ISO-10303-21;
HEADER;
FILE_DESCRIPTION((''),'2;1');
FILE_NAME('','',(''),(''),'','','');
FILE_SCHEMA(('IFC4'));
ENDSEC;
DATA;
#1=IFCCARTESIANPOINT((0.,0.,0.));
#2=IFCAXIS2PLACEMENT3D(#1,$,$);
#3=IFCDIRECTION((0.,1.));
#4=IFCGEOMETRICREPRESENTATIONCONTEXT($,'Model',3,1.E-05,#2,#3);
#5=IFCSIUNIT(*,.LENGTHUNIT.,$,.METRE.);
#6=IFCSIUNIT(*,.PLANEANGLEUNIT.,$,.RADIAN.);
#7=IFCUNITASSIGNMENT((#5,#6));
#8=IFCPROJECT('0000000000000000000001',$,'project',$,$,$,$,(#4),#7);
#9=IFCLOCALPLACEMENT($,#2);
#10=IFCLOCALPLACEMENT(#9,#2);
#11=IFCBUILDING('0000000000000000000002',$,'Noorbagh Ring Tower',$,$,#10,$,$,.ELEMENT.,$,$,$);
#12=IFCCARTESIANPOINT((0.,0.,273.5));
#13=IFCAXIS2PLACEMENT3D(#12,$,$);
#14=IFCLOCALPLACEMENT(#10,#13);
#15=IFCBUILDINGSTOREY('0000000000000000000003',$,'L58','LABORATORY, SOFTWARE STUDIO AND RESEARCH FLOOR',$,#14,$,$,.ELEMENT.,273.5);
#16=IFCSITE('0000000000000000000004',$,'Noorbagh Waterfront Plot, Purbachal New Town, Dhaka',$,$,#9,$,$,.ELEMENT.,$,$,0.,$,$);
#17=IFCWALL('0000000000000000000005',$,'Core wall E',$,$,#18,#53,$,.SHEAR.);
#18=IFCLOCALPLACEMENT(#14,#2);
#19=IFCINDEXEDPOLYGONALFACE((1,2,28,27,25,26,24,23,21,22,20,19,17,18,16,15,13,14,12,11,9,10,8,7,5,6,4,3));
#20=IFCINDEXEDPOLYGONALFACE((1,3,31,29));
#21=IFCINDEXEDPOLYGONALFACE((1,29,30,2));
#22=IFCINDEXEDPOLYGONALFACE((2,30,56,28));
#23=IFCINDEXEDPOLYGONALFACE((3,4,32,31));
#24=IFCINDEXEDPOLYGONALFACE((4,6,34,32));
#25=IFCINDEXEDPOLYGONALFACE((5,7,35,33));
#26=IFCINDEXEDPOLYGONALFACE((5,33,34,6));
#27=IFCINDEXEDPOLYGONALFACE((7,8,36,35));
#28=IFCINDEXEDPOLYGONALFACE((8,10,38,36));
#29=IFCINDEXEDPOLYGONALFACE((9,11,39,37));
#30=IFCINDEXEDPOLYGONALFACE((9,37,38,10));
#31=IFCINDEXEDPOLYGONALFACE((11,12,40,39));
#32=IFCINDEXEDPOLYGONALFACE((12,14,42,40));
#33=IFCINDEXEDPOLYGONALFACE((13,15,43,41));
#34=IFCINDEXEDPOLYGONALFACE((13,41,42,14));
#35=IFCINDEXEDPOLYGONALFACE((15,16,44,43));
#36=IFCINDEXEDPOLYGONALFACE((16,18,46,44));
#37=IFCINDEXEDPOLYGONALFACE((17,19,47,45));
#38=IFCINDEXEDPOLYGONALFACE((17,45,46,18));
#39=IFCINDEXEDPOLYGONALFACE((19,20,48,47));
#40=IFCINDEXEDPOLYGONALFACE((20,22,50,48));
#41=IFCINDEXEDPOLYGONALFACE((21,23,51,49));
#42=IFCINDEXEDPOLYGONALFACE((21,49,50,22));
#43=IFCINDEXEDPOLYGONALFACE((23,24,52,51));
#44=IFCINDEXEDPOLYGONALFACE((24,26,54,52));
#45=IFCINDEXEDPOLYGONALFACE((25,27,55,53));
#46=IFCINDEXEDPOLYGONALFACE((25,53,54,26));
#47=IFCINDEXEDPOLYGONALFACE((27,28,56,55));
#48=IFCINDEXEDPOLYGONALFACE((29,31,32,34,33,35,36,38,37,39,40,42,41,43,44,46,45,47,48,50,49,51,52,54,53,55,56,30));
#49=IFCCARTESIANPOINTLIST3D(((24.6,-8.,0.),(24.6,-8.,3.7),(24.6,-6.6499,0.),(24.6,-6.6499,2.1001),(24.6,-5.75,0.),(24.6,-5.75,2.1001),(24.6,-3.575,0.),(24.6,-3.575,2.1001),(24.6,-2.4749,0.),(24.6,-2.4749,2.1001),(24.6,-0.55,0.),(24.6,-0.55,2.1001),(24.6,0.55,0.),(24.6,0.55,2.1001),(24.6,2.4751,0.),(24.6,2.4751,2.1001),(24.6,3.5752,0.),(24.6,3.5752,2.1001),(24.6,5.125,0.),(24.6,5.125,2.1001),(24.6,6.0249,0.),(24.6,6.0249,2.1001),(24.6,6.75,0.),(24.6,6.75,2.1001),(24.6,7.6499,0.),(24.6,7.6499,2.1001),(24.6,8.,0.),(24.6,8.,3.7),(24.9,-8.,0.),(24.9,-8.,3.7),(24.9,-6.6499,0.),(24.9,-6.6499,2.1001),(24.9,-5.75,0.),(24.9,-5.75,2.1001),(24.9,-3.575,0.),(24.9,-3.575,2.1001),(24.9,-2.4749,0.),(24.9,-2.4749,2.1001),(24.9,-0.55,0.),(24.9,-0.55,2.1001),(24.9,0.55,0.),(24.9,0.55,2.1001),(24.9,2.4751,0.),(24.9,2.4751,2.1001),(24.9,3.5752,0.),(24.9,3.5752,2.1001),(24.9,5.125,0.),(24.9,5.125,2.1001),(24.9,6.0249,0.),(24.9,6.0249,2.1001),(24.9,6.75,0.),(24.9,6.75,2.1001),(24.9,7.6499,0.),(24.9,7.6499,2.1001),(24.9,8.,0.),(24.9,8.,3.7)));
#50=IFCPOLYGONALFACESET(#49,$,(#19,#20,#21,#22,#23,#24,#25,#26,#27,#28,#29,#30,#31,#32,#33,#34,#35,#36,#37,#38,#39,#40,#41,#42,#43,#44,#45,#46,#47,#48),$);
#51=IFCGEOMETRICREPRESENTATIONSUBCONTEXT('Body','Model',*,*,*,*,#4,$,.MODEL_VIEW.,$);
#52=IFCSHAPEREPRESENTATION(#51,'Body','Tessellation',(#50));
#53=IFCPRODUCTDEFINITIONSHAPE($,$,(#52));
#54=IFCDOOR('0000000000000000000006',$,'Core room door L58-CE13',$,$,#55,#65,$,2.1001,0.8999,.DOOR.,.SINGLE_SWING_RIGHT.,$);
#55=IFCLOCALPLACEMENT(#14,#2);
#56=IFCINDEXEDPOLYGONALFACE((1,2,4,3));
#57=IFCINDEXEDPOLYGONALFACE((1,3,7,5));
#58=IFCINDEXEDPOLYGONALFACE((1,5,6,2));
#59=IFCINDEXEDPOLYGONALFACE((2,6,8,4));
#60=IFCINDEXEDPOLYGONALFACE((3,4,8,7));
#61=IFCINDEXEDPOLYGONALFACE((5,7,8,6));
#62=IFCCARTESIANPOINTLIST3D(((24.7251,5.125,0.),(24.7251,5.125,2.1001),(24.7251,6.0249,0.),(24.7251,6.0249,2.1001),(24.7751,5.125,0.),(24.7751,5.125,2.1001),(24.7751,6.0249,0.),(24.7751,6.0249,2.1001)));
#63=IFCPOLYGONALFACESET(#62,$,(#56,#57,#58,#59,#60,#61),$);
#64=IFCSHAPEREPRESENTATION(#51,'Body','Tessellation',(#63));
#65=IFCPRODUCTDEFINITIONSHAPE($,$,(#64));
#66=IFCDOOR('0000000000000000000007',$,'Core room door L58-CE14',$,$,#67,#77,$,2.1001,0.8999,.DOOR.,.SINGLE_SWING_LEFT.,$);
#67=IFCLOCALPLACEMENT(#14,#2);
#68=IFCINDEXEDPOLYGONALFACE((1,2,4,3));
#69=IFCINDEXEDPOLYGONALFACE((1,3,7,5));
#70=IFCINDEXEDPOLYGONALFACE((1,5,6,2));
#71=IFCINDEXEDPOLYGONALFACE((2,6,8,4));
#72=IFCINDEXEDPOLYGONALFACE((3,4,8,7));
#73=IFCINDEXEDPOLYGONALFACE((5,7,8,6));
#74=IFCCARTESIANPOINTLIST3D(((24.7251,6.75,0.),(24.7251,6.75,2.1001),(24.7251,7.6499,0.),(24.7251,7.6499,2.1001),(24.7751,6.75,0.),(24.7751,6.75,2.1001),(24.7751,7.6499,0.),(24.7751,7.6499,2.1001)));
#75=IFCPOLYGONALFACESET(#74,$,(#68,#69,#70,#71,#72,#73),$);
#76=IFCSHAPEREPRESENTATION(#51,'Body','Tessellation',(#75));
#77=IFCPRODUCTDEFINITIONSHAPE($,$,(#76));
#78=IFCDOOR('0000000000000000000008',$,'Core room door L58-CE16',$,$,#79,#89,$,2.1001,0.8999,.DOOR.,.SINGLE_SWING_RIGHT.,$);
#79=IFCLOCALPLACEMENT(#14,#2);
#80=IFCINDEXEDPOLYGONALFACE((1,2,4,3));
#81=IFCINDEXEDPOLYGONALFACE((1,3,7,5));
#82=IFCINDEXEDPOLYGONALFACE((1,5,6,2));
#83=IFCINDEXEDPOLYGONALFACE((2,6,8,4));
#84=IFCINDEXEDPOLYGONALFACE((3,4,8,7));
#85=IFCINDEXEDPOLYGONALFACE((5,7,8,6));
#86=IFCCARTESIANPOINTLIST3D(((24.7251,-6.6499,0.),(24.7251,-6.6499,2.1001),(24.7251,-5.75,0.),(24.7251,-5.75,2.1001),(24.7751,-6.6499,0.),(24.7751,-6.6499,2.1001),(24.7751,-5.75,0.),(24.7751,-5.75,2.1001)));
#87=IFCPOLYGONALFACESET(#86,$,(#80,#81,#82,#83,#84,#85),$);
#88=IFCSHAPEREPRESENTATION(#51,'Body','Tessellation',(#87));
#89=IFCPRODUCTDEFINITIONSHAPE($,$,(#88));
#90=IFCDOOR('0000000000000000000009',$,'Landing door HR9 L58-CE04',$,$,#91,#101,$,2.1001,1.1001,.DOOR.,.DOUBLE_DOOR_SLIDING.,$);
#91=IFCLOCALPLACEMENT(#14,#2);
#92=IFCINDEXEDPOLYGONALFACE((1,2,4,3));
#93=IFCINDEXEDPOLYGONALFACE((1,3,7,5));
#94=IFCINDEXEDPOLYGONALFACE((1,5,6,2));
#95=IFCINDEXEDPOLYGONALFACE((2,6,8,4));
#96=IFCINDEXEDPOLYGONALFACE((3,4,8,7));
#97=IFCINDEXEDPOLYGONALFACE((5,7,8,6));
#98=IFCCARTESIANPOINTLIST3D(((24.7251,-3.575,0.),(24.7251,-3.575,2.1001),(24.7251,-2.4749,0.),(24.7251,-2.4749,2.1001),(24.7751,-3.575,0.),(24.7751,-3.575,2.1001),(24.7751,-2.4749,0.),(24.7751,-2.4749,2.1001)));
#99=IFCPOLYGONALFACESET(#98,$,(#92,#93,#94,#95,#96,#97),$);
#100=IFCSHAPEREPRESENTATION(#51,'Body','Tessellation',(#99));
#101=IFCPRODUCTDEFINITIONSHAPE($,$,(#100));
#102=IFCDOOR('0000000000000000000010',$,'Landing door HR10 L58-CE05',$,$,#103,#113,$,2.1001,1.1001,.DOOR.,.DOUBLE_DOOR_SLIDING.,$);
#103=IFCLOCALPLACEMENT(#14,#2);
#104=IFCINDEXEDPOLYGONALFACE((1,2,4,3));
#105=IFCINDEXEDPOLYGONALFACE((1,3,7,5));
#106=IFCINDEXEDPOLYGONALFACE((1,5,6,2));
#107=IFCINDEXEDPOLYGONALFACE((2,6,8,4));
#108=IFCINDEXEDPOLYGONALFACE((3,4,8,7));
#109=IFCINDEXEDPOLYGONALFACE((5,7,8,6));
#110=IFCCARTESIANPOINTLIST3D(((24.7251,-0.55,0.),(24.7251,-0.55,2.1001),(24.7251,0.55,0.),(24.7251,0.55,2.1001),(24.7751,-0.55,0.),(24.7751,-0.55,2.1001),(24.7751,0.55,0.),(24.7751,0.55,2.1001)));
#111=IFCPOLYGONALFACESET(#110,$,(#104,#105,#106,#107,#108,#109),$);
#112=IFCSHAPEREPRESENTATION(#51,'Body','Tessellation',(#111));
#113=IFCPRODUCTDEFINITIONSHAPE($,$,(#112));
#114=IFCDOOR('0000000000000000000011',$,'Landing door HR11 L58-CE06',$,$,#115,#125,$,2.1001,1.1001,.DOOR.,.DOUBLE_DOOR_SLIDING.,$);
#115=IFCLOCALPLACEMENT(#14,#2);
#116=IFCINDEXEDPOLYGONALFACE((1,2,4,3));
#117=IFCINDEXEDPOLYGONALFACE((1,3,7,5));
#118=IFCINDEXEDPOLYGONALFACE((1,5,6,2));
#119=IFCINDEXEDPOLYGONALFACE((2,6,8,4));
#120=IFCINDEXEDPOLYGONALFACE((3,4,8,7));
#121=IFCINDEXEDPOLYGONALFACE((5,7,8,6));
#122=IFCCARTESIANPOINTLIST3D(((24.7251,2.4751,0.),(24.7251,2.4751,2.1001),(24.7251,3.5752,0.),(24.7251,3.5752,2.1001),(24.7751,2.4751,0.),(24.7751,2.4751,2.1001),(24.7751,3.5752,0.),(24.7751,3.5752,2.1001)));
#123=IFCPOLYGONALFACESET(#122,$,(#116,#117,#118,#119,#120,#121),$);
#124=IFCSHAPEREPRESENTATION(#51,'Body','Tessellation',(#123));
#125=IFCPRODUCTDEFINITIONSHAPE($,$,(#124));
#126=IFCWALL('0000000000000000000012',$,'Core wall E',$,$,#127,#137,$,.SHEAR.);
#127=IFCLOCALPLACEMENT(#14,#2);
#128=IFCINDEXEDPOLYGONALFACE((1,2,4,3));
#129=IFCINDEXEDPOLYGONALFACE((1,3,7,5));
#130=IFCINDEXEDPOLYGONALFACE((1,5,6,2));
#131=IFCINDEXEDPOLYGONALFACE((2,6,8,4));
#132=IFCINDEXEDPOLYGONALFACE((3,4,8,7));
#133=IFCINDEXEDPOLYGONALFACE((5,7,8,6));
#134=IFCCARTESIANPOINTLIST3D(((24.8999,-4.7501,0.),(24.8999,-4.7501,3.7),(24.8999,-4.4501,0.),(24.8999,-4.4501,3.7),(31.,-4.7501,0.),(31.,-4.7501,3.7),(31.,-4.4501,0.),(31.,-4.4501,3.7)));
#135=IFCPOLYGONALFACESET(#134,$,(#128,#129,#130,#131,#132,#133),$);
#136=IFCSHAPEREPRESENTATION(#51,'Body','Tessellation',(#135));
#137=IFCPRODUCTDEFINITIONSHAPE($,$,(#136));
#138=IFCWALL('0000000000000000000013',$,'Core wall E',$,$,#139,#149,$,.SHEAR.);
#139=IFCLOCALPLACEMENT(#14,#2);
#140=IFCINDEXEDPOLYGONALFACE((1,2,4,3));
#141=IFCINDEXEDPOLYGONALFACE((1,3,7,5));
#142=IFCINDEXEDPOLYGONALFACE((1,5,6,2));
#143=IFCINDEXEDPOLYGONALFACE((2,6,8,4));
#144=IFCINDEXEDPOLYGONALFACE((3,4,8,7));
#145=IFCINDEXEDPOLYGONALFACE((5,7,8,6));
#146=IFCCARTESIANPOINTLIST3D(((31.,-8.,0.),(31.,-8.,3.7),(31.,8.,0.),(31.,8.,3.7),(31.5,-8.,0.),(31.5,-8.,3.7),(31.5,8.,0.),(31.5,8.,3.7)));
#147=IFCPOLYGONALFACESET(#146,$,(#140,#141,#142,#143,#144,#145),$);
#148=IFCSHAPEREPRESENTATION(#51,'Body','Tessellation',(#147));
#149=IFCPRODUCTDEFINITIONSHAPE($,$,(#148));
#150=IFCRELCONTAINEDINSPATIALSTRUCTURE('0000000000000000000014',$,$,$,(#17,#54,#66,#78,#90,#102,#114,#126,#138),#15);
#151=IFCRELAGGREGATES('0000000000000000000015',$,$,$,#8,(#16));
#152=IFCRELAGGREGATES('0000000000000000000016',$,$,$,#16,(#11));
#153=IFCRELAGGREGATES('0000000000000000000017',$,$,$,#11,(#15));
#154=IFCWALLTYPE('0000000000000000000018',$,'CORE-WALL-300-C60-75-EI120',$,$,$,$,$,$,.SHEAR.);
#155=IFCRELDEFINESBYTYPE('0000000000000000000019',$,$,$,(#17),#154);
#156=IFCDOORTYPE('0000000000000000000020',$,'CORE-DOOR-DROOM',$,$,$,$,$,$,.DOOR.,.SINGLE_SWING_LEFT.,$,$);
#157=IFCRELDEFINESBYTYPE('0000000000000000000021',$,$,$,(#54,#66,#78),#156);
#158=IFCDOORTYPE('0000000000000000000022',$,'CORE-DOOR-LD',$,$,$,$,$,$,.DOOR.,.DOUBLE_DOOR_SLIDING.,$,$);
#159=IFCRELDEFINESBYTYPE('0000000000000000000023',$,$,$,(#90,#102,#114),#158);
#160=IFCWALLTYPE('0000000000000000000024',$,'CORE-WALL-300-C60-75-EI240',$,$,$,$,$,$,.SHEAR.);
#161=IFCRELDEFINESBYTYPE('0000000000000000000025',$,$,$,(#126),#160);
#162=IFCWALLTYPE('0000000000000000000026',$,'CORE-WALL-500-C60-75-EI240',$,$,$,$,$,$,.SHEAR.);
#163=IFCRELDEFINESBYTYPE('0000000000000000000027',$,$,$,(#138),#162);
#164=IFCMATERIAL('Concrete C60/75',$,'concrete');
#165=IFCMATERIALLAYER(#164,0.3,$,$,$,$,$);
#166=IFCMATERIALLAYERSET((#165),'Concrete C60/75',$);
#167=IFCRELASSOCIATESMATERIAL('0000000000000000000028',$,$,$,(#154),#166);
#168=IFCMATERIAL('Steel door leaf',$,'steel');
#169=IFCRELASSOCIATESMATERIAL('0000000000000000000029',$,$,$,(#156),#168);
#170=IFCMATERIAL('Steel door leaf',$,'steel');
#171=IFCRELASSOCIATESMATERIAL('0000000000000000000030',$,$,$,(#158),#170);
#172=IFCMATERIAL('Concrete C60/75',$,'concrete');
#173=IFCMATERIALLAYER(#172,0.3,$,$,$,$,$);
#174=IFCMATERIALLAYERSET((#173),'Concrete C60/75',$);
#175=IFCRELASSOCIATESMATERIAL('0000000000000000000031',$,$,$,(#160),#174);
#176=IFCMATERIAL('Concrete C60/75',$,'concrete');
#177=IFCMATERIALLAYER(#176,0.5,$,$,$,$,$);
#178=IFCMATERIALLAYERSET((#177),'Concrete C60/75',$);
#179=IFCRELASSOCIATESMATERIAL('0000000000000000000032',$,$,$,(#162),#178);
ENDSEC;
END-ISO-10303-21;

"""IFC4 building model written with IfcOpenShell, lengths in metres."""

from ifc_helpers import new_model, si_unit, direction, frame, frame_2d, origin, place, context, subcontext, project, spatial, rectangle, extrude, material, layer, layer_set, type_object, element, fill, save


model = new_model("IFC4")

# Units and contexts
model_context = context("Model", 3, precision=1e-05, world=origin(), true_north=direction((0.0, 1.0)))
body_context = subcontext(model_context, "Body", "Model", "MODEL_VIEW")
ifc_project = project(units=[si_unit("LENGTHUNIT", "METRE"), si_unit("PLANEANGLEUNIT", "RADIAN")], contexts=[model_context])

# Site, building, storey
site_placement = place(None, origin())
site = spatial("IfcSite", under=ifc_project, at=site_placement, Name="Noorbagh Waterfront Plot, Purbachal New Town, Dhaka", CompositionType="ELEMENT", RefElevation=0.0)
building_placement = place(site_placement, origin())
building = spatial("IfcBuilding", under=site, at=building_placement, Name="Noorbagh Ring Tower", CompositionType="ELEMENT")
storey_placement = place(building_placement, frame((0.0, 0.0, 273.5)))
storey = spatial("IfcBuildingStorey", under=building, at=storey_placement, Name="L58", Description="LABORATORY, SOFTWARE STUDIO AND RESEARCH FLOOR", CompositionType="ELEMENT", Elevation=273.5)

# Shared definitions
ifc_material_1 = material(Name="Concrete C60/75", Category="concrete")
ifc_layer_1 = layer(ifc_material_1, 0.3)
ifc_layer_set_1 = layer_set([ifc_layer_1], Name="Concrete C60/75")
wall_type_1 = type_object("IfcWallType", Name="CORE-WALL-300-C60-75-EI120", PredefinedType="SHEAR", material=ifc_layer_set_1)

# Wall, openings, doors
wall_1_placement = place(storey_placement, frame((24.75, -8.0, 0.0), z_axis=(0.0, 0.0, 1.0), x_axis=(0.0, 1.0, 0.0)))
wall_1 = element("IfcWall", 1, at=wall_1_placement, inside=storey, type_object=wall_type_1, Name="Core wall E", PredefinedType="SHEAR", context=body_context, shape_type="SweptSolid", body=[
    extrude(rectangle(XDim=16.0, YDim=0.3, at=frame_2d((8.0, 0.0))), origin(), (0.0, 0.0, 1.0), 3.7),
])
opening_1_placement = place(wall_1_placement, frame((4.425, 0.0, 0.0)))
opening_1 = element("IfcOpeningElement", 2, at=opening_1_placement, cuts=wall_1, PredefinedType="OPENING", context=body_context, shape_type="SweptSolid", body=[
    extrude(rectangle(XDim=1.1001, YDim=2.1001, at=frame_2d((0.55, 1.05))), frame((0.0, 0.1602, 0.0), z_axis=(0.0, -1.0, 0.0), x_axis=(1.0, 0.0, 0.0)), (0.0, 0.0, 1.0), 0.3201),
])
opening_2_placement = place(wall_1_placement, frame((7.45, 0.0, 0.0)))
opening_2 = element("IfcOpeningElement", 3, at=opening_2_placement, cuts=wall_1, PredefinedType="OPENING", context=body_context, shape_type="SweptSolid", body=[
    extrude(rectangle(XDim=1.1001, YDim=2.1001, at=frame_2d((0.55, 1.05))), frame((0.0, 0.1602, 0.0), z_axis=(0.0, -1.0, 0.0), x_axis=(1.0, 0.0, 0.0)), (0.0, 0.0, 1.0), 0.3201),
])
opening_3_placement = place(wall_1_placement, frame((10.4751, 0.0, 0.0)))
opening_3 = element("IfcOpeningElement", 4, at=opening_3_placement, cuts=wall_1, PredefinedType="OPENING", context=body_context, shape_type="SweptSolid", body=[
    extrude(rectangle(XDim=1.1001, YDim=2.1001, at=frame_2d((0.55, 1.05))), frame((0.0, 0.1602, 0.0), z_axis=(0.0, -1.0, 0.0), x_axis=(1.0, 0.0, 0.0)), (0.0, 0.0, 1.0), 0.3201),
])
opening_4_placement = place(wall_1_placement, frame((13.125, 0.0, 0.0)))
opening_4 = element("IfcOpeningElement", 5, at=opening_4_placement, cuts=wall_1, PredefinedType="OPENING", context=body_context, shape_type="SweptSolid", body=[
    extrude(rectangle(XDim=0.8999, YDim=2.1001, at=frame_2d((0.45, 1.05))), frame((0.0, 0.1602, 0.0), z_axis=(0.0, -1.0, 0.0), x_axis=(1.0, 0.0, 0.0)), (0.0, 0.0, 1.0), 0.3201),
])
opening_5_placement = place(wall_1_placement, frame((14.75, 0.0, 0.0)))
opening_5 = element("IfcOpeningElement", 6, at=opening_5_placement, cuts=wall_1, PredefinedType="OPENING", context=body_context, shape_type="SweptSolid", body=[
    extrude(rectangle(XDim=0.8999, YDim=2.1001, at=frame_2d((0.45, 1.05))), frame((0.0, 0.1602, 0.0), z_axis=(0.0, -1.0, 0.0), x_axis=(1.0, 0.0, 0.0)), (0.0, 0.0, 1.0), 0.3201),
])
opening_6_placement = place(wall_1_placement, frame((1.3501, 0.0, 0.0)))
opening_6 = element("IfcOpeningElement", 7, at=opening_6_placement, cuts=wall_1, PredefinedType="OPENING", context=body_context, shape_type="SweptSolid", body=[
    extrude(rectangle(XDim=0.8999, YDim=2.1001, at=frame_2d((0.45, 1.05))), frame((0.0, 0.1602, 0.0), z_axis=(0.0, -1.0, 0.0), x_axis=(1.0, 0.0, 0.0)), (0.0, 0.0, 1.0), 0.3201),
])
ifc_material_2 = material(Name="Steel door leaf", Category="steel")
door_type_1 = type_object("IfcDoorType", Name="CORE-DOOR-DROOM", OperationType="SINGLE_SWING_LEFT", PredefinedType="DOOR", material=ifc_material_2)
door_1_placement = place(opening_4_placement, origin())
door_1 = element("IfcDoor", 8, at=door_1_placement, inside=storey, type_object=door_type_1, Name="Core room door L58-CE13", OperationType="SINGLE_SWING_RIGHT", OverallHeight=2.1001, OverallWidth=0.8999, PredefinedType="DOOR", context=body_context, shape_type="SweptSolid", body=[
    extrude(rectangle(XDim=0.8999, YDim=2.1001, at=frame_2d((0.45, 1.05))), frame((0.0, 0.0249, 0.0), z_axis=(0.0, -1.0, 0.0), x_axis=(1.0, 0.0, 0.0)), (0.0, 0.0, 1.0), 0.05),
])
fill(opening_4, door_1)
door_2_placement = place(opening_5_placement, origin())
door_2 = element("IfcDoor", 9, at=door_2_placement, inside=storey, type_object=door_type_1, Name="Core room door L58-CE14", OperationType="SINGLE_SWING_LEFT", OverallHeight=2.1001, OverallWidth=0.8999, PredefinedType="DOOR", context=body_context, shape_type="SweptSolid", body=[
    extrude(rectangle(XDim=0.8999, YDim=2.1001, at=frame_2d((0.45, 1.05))), frame((0.0, 0.0249, 0.0), z_axis=(0.0, -1.0, 0.0), x_axis=(1.0, 0.0, 0.0)), (0.0, 0.0, 1.0), 0.05),
])
fill(opening_5, door_2)
door_3_placement = place(opening_6_placement, origin())
door_3 = element("IfcDoor", 10, at=door_3_placement, inside=storey, type_object=door_type_1, Name="Core room door L58-CE16", OperationType="SINGLE_SWING_RIGHT", OverallHeight=2.1001, OverallWidth=0.8999, PredefinedType="DOOR", context=body_context, shape_type="SweptSolid", body=[
    extrude(rectangle(XDim=0.8999, YDim=2.1001, at=frame_2d((0.45, 1.05))), frame((0.0, 0.0249, 0.0), z_axis=(0.0, -1.0, 0.0), x_axis=(1.0, 0.0, 0.0)), (0.0, 0.0, 1.0), 0.05),
])
fill(opening_6, door_3)
ifc_material_3 = material(Name="Steel door leaf", Category="steel")
door_type_2 = type_object("IfcDoorType", Name="CORE-DOOR-LD", OperationType="DOUBLE_DOOR_SLIDING", PredefinedType="DOOR", material=ifc_material_3)
door_4_placement = place(opening_1_placement, origin())
door_4 = element("IfcDoor", 11, at=door_4_placement, inside=storey, type_object=door_type_2, Name="Landing door HR9 L58-CE04", OperationType="DOUBLE_DOOR_SLIDING", OverallHeight=2.1001, OverallWidth=1.1001, PredefinedType="DOOR", context=body_context, shape_type="SweptSolid", body=[
    extrude(rectangle(XDim=1.1001, YDim=2.1001, at=frame_2d((0.55, 1.05))), frame((0.0, 0.0249, 0.0), z_axis=(0.0, -1.0, 0.0), x_axis=(1.0, 0.0, 0.0)), (0.0, 0.0, 1.0), 0.05),
])
fill(opening_1, door_4)
door_5_placement = place(opening_2_placement, origin())
door_5 = element("IfcDoor", 12, at=door_5_placement, inside=storey, type_object=door_type_2, Name="Landing door HR10 L58-CE05", OperationType="DOUBLE_DOOR_SLIDING", OverallHeight=2.1001, OverallWidth=1.1001, PredefinedType="DOOR", context=body_context, shape_type="SweptSolid", body=[
    extrude(rectangle(XDim=1.1001, YDim=2.1001, at=frame_2d((0.55, 1.05))), frame((0.0, 0.0249, 0.0), z_axis=(0.0, -1.0, 0.0), x_axis=(1.0, 0.0, 0.0)), (0.0, 0.0, 1.0), 0.05),
])
fill(opening_2, door_5)
door_6_placement = place(opening_3_placement, origin())
door_6 = element("IfcDoor", 13, at=door_6_placement, inside=storey, type_object=door_type_2, Name="Landing door HR11 L58-CE06", OperationType="DOUBLE_DOOR_SLIDING", OverallHeight=2.1001, OverallWidth=1.1001, PredefinedType="DOOR", context=body_context, shape_type="SweptSolid", body=[
    extrude(rectangle(XDim=1.1001, YDim=2.1001, at=frame_2d((0.55, 1.05))), frame((0.0, 0.0249, 0.0), z_axis=(0.0, -1.0, 0.0), x_axis=(1.0, 0.0, 0.0)), (0.0, 0.0, 1.0), 0.05),
])
fill(opening_3, door_6)

# Walls
ifc_material_4 = material(Name="Concrete C60/75", Category="concrete")
ifc_layer_2 = layer(ifc_material_4, 0.3)
ifc_layer_set_2 = layer_set([ifc_layer_2], Name="Concrete C60/75")
wall_type_2 = type_object("IfcWallType", Name="CORE-WALL-300-C60-75-EI240", PredefinedType="SHEAR", material=ifc_layer_set_2)
wall_2_placement = place(storey_placement, frame((24.8999, -4.6001, 0.0), z_axis=(0.0, 0.0, 1.0), x_axis=(1.0, 0.0, 0.0)))
element("IfcWall", 14, at=wall_2_placement, inside=storey, type_object=wall_type_2, Name="Core wall E", PredefinedType="SHEAR", context=body_context, shape_type="SweptSolid", body=[
    extrude(rectangle(XDim=6.1001, YDim=0.3, at=frame_2d((3.05, 0.0))), origin(), (0.0, 0.0, 1.0), 3.7),
])
ifc_material_5 = material(Name="Concrete C60/75", Category="concrete")
ifc_layer_3 = layer(ifc_material_5, 0.5)
ifc_layer_set_3 = layer_set([ifc_layer_3], Name="Concrete C60/75")
wall_type_3 = type_object("IfcWallType", Name="CORE-WALL-500-C60-75-EI240", PredefinedType="SHEAR", material=ifc_layer_set_3)
wall_3_placement = place(storey_placement, frame((31.25, -8.0, 0.0), z_axis=(0.0, 0.0, 1.0), x_axis=(0.0, 1.0, 0.0)))
element("IfcWall", 15, at=wall_3_placement, inside=storey, type_object=wall_type_3, Name="Core wall E", PredefinedType="SHEAR", context=body_context, shape_type="SweptSolid", body=[
    extrude(rectangle(XDim=16.0, YDim=0.5, at=frame_2d((8.0, 0.0))), origin(), (0.0, 0.0, 1.0), 3.7),
])

save(model, "model.ifc")
